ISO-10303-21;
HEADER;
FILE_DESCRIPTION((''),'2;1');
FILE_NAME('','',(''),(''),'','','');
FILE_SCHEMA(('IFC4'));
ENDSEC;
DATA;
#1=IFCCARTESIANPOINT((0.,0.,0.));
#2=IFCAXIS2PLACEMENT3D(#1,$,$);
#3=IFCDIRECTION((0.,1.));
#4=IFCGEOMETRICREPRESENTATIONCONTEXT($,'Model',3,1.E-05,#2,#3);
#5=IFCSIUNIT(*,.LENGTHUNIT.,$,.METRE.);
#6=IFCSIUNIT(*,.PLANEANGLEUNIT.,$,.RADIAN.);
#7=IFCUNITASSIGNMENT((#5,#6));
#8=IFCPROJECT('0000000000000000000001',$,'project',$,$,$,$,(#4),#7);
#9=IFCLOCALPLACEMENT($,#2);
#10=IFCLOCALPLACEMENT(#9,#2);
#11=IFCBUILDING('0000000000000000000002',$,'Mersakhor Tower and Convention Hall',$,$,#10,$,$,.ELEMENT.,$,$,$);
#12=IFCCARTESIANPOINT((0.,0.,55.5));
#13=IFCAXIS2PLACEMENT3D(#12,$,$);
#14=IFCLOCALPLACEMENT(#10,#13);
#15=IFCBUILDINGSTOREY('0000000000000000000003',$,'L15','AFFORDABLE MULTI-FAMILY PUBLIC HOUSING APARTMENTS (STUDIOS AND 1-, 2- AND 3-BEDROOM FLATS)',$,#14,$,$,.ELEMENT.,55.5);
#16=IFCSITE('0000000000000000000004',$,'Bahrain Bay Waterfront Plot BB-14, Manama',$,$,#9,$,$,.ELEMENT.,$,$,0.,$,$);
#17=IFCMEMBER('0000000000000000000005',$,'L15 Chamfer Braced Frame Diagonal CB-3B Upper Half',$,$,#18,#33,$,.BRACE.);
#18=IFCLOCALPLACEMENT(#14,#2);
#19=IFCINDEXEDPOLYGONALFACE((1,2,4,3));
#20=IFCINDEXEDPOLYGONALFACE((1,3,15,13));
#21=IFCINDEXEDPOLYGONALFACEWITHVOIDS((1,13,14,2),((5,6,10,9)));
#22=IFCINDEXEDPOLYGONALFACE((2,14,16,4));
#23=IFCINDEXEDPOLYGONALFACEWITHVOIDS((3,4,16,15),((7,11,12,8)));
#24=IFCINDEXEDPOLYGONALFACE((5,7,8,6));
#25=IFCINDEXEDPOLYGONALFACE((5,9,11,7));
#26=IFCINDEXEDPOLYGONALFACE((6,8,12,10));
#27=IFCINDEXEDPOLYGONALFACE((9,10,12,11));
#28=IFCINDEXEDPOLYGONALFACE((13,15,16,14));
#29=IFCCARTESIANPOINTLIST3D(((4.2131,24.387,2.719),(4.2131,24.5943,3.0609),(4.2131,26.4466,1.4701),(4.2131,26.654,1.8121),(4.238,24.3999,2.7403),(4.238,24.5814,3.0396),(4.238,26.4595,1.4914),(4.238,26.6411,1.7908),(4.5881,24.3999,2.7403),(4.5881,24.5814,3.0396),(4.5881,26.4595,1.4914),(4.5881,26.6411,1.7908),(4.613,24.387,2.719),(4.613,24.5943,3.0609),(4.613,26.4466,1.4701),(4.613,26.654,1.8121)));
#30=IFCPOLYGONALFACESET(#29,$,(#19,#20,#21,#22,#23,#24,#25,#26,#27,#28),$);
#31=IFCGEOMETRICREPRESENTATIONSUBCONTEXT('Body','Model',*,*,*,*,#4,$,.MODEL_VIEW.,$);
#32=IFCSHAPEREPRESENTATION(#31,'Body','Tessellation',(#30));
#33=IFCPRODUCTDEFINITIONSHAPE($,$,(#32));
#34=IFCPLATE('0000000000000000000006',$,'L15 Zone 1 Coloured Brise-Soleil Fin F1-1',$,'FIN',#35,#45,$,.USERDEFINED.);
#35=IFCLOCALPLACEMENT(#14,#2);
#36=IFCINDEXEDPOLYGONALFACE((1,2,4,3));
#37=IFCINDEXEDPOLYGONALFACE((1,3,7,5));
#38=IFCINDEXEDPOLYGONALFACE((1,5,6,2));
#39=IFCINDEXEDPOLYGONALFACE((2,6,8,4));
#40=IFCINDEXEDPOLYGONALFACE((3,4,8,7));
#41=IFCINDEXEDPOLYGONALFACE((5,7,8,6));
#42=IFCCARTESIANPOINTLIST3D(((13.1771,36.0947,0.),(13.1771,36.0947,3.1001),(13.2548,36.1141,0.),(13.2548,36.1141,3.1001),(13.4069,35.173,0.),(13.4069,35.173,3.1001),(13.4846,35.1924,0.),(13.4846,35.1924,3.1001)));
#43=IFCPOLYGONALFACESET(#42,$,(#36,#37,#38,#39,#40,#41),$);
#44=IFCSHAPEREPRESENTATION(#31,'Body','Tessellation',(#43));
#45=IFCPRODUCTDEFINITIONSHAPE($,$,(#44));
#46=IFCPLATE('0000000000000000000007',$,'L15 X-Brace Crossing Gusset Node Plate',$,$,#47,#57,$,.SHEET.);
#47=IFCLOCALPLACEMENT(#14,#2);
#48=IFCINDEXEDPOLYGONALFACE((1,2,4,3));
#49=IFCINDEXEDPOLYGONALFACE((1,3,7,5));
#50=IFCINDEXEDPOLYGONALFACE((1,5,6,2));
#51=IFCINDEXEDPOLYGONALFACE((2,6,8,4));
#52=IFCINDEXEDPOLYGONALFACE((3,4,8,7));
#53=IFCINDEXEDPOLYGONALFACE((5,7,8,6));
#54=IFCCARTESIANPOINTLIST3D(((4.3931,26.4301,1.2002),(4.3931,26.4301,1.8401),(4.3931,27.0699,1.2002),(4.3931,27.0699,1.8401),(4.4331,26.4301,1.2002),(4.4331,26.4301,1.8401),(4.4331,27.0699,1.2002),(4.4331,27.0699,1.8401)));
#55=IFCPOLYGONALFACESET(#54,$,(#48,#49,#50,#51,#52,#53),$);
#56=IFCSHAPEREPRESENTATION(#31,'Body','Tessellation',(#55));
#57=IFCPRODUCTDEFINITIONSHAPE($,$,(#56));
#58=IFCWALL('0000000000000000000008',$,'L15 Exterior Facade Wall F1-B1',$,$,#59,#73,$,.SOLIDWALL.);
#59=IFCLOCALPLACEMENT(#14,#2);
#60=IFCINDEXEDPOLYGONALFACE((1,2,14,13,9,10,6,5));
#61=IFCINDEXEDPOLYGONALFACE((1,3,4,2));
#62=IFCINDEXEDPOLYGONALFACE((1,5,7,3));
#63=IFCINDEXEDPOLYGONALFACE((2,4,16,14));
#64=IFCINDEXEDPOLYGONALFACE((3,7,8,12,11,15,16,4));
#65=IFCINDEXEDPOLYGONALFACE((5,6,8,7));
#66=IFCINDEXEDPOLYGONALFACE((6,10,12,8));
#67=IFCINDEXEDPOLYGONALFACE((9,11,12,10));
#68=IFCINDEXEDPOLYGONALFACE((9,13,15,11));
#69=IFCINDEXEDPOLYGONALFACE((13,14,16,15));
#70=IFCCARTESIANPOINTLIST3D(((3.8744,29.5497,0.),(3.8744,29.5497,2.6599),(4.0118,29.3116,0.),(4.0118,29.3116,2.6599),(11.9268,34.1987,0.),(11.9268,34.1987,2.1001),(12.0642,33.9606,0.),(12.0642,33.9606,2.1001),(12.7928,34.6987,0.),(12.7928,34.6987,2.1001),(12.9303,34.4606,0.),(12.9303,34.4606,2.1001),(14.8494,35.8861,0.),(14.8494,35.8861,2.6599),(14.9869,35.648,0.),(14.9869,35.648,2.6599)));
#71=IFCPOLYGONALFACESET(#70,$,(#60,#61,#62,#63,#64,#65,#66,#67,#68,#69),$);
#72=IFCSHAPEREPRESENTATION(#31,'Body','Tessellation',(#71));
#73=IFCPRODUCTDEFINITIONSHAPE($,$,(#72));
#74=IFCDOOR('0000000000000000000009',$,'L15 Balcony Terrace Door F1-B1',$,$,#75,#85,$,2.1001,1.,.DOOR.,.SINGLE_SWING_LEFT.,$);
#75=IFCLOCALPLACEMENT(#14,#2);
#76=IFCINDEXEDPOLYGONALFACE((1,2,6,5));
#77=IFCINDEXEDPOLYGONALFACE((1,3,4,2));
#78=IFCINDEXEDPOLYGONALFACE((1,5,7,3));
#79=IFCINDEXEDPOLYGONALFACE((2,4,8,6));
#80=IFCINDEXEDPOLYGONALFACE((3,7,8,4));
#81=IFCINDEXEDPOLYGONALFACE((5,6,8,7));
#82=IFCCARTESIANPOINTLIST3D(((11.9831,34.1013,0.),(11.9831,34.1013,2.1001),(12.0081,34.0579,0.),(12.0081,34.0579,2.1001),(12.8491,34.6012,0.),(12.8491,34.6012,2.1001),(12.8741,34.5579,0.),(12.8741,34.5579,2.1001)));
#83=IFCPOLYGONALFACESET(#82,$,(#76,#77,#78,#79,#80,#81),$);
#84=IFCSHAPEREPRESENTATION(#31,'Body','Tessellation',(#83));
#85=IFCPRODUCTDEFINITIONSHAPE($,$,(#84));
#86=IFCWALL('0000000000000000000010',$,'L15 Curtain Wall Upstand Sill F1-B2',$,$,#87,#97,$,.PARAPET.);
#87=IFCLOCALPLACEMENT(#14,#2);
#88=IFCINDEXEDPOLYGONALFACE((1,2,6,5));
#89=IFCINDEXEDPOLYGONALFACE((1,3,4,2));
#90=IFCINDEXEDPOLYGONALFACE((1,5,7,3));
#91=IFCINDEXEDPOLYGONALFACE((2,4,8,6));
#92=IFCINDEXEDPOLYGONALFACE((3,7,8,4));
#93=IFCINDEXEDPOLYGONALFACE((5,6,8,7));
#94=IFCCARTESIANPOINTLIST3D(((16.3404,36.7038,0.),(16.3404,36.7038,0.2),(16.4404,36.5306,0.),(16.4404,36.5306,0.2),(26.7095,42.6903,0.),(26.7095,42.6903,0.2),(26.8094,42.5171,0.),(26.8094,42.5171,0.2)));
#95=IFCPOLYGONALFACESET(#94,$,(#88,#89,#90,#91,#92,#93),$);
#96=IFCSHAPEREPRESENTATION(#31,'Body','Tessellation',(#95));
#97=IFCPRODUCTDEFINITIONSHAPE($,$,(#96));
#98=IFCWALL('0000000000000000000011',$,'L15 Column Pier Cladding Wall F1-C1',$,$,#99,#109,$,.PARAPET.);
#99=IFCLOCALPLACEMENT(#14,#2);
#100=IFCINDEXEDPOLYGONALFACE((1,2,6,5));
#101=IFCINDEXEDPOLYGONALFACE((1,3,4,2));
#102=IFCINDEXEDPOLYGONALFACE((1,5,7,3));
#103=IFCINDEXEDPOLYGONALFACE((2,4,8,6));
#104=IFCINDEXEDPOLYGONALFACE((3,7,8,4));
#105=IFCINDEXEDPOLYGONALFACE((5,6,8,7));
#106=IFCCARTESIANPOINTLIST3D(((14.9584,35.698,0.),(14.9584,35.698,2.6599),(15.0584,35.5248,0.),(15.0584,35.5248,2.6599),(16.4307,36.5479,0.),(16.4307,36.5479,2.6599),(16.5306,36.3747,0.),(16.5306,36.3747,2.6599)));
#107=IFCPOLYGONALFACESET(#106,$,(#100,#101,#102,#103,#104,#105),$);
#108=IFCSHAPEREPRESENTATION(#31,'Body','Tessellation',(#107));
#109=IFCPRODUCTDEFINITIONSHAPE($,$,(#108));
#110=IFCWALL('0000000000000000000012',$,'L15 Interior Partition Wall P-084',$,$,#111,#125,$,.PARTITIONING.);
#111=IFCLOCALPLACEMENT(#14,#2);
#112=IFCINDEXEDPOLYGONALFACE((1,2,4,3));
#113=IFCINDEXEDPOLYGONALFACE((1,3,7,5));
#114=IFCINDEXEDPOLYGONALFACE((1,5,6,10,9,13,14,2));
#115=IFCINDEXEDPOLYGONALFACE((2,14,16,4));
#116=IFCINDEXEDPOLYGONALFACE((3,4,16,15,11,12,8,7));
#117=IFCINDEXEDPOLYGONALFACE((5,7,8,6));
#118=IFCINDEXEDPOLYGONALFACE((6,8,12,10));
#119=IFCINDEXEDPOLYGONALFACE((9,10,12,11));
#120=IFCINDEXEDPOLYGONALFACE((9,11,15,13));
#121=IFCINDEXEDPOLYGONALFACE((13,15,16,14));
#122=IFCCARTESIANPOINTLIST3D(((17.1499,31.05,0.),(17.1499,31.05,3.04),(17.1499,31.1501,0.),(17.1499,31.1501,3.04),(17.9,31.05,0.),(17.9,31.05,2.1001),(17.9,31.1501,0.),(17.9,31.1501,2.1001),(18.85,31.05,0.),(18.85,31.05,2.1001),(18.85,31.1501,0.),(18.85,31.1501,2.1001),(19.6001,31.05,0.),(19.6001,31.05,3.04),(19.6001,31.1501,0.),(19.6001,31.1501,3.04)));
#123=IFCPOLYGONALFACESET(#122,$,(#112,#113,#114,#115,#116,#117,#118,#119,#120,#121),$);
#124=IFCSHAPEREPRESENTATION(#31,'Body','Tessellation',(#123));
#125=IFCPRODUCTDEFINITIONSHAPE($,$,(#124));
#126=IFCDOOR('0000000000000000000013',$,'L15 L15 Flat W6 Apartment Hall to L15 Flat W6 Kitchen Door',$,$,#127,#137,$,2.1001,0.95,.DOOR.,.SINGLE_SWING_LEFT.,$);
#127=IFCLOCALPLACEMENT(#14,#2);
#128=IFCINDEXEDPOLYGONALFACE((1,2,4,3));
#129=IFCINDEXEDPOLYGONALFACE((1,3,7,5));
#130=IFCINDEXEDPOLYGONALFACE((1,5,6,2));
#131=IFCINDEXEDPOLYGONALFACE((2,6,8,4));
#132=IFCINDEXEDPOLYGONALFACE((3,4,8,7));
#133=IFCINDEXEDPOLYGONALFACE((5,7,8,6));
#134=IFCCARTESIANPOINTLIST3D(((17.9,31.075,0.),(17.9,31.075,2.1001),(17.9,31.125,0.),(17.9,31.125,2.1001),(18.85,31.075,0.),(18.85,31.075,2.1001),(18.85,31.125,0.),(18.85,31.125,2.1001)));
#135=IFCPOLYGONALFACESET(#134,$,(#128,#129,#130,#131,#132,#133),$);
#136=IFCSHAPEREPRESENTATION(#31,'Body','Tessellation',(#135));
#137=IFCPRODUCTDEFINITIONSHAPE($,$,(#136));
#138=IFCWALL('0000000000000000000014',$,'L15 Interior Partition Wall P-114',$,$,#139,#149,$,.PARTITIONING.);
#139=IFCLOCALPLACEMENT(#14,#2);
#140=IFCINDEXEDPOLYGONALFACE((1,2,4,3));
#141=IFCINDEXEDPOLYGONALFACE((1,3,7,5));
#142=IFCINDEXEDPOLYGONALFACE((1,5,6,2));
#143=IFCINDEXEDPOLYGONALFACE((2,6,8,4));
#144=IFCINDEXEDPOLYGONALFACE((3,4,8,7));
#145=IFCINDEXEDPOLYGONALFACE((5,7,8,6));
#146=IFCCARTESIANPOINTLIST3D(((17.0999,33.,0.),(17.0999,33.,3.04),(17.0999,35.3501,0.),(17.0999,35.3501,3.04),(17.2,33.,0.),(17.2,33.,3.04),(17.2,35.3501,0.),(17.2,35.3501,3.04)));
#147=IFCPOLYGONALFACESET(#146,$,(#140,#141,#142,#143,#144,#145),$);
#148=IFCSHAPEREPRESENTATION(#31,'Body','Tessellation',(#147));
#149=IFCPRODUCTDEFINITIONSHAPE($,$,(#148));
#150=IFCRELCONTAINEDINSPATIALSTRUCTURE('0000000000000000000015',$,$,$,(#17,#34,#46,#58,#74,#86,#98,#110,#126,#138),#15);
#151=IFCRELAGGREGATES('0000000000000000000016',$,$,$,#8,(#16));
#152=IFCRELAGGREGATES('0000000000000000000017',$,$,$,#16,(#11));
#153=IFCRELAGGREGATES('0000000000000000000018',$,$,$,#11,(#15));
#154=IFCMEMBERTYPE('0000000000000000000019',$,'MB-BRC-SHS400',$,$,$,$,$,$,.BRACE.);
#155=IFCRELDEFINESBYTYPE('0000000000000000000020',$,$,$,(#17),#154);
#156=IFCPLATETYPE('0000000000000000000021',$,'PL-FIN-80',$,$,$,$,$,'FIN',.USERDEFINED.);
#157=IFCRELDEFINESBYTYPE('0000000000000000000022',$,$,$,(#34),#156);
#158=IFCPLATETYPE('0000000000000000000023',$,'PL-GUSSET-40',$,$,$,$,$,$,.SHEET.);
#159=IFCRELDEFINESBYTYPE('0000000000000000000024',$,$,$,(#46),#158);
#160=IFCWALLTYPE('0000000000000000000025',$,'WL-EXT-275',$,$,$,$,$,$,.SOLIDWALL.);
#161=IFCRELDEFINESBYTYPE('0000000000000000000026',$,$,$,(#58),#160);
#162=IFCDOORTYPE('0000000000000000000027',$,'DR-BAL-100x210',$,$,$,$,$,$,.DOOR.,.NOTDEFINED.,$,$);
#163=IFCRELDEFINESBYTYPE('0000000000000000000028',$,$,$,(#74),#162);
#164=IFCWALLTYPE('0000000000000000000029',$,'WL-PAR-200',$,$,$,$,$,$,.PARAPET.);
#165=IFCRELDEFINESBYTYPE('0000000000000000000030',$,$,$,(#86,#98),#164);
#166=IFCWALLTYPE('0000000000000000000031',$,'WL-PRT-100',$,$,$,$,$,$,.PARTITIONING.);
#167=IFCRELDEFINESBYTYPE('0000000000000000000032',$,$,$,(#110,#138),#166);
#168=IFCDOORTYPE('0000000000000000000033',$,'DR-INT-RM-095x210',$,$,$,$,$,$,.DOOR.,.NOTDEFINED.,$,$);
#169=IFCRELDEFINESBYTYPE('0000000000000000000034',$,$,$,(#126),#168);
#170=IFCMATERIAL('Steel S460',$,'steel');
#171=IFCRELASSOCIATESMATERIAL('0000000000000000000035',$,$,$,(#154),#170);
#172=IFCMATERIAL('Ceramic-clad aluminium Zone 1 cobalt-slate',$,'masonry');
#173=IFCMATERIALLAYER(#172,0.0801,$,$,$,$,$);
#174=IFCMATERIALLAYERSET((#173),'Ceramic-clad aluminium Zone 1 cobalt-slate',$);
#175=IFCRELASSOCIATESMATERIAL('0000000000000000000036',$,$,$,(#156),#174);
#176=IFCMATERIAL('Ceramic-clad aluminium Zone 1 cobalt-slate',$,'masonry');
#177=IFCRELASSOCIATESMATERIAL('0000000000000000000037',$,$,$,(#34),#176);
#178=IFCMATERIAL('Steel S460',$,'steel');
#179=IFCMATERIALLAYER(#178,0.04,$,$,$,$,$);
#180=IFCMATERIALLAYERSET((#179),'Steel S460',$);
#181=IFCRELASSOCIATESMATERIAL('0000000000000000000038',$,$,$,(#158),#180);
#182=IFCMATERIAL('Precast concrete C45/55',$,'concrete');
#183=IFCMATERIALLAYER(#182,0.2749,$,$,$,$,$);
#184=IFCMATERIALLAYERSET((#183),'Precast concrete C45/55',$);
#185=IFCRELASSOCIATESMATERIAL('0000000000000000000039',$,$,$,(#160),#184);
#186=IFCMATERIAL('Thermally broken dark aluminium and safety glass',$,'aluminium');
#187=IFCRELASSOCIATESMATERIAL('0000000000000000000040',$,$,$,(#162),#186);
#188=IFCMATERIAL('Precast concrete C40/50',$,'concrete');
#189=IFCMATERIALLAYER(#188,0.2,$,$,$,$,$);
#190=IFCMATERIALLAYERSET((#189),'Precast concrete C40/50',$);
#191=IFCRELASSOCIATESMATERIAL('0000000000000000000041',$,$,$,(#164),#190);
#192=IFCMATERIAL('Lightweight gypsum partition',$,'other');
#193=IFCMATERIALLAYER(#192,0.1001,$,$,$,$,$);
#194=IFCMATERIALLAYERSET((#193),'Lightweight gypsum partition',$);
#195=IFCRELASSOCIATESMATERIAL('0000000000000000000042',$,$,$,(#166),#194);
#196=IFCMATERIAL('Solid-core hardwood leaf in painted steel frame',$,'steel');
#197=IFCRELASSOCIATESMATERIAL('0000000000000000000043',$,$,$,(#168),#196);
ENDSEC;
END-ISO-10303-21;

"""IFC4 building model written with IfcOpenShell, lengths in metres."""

from ifc_helpers import new_model, si_unit, direction, frame, frame_2d, origin, origin_2d, place, context, subcontext, project, spatial, rectangle, hollow_rectangle, extrude, material, layer, layer_set, material_profile, profile_set, type_object, element, fill, save


model = new_model("IFC4")

# Units and contexts
model_context = context("Model", 3, precision=1e-05, world=origin(), true_north=direction((0.0, 1.0)))
body_context = subcontext(model_context, "Body", "Model", "MODEL_VIEW")
ifc_project = project(units=[si_unit("LENGTHUNIT", "METRE"), si_unit("PLANEANGLEUNIT", "RADIAN")], contexts=[model_context])

# Site, building, storey
site_placement = place(None, origin())
site = spatial("IfcSite", under=ifc_project, at=site_placement, Name="Bahrain Bay Waterfront Plot BB-14, Manama", CompositionType="ELEMENT", RefElevation=0.0)
building_placement = place(site_placement, origin())
building = spatial("IfcBuilding", under=site, at=building_placement, Name="Mersakhor Tower and Convention Hall", CompositionType="ELEMENT")
storey_placement = place(building_placement, frame((0.0, 0.0, 55.5)))
storey = spatial("IfcBuildingStorey", under=building, at=storey_placement, Name="L15", Description="AFFORDABLE MULTI-FAMILY PUBLIC HOUSING APARTMENTS (STUDIOS AND 1-, 2- AND 3-BEDROOM FLATS)", CompositionType="ELEMENT", Elevation=55.5)

# Member
ifc_material_1 = material(Name="Steel S460", Category="steel")
ifc_material_profile_1 = material_profile(ifc_material_1, hollow_rectangle(XDim=0.3999, YDim=0.3999, WallThickness=0.0249, at=origin_2d()), Name="SHS 400x400x25")
ifc_profile_set_1 = profile_set([ifc_material_profile_1], Name="Steel S460")
member_type_1 = type_object("IfcMemberType", Name="MB-BRC-SHS400", PredefinedType="BRACE", material=ifc_profile_set_1)
for number, where, z_axis, x_axis, name in (
    (1, (4.4131, 26.5503, 1.6411), (0.0, -0.855096, 0.51847), (1.0, 0.0, 0.0), "L15 Chamfer Braced Frame Diagonal CB-3B Upper Half"),
):
    element("IfcMember", number, at=place(storey_placement, frame(where, z_axis=z_axis, x_axis=x_axis)), inside=storey, type_object=member_type_1, Name=name, PredefinedType="BRACE", context=body_context, shape_type="SweptSolid", body=[
        extrude(hollow_rectangle(XDim=0.3999, YDim=0.3999, WallThickness=0.0249, at=origin_2d()), origin(), (0.0, 0.0, 1.0), 2.4087),
    ])

# Plates
ifc_material_2 = material(Name="Ceramic-clad aluminium Zone 1 cobalt-slate", Category="masonry")
ifc_material_3 = material(Name="Ceramic-clad aluminium Zone 1 cobalt-slate", Category="masonry")
ifc_layer_1 = layer(ifc_material_3, 0.0801)
ifc_layer_set_1 = layer_set([ifc_layer_1], Name="Ceramic-clad aluminium Zone 1 cobalt-slate")
plate_type_1 = type_object("IfcPlateType", Name="PL-FIN-80", ElementType="FIN", PredefinedType="USERDEFINED", material=ifc_layer_set_1)
plate_1_placement = place(storey_placement, frame((13.3308, 35.6436, 0.0), z_axis=(0.0, 0.0, 1.0), x_axis=(-0.241922, 0.970296, 0.0)))
element("IfcPlate", 2, at=plate_1_placement, inside=storey, type_object=plate_type_1, material=ifc_material_2, Name="L15 Zone 1 Coloured Brise-Soleil Fin F1-1", ObjectType="FIN", PredefinedType="USERDEFINED", context=body_context, shape_type="SweptSolid", body=[
    extrude(rectangle(XDim=0.95, YDim=0.0801, at=origin_2d()), origin(), (0.0, 0.0, 1.0), 3.1001),
])
ifc_material_4 = material(Name="Steel S460", Category="steel")
ifc_layer_2 = layer(ifc_material_4, 0.04)
ifc_layer_set_2 = layer_set([ifc_layer_2], Name="Steel S460")
plate_type_2 = type_object("IfcPlateType", Name="PL-GUSSET-40", PredefinedType="SHEET", material=ifc_layer_set_2)
plate_2_placement = place(storey_placement, frame((4.4131, 26.75, 1.2002), z_axis=(0.0, 0.0, 1.0), x_axis=(0.0, -1.0, 0.0)))
element("IfcPlate", 3, at=plate_2_placement, inside=storey, type_object=plate_type_2, Name="L15 X-Brace Crossing Gusset Node Plate", PredefinedType="SHEET", context=body_context, shape_type="SweptSolid", body=[
    extrude(rectangle(XDim=0.6399, YDim=0.04, at=origin_2d()), origin(), (0.0, 0.0, 1.0), 0.6399),
])

# Wall, opening, door
ifc_material_5 = material(Name="Precast concrete C45/55", Category="concrete")
ifc_layer_3 = layer(ifc_material_5, 0.2749)
ifc_layer_set_3 = layer_set([ifc_layer_3], Name="Precast concrete C45/55")
wall_type_1 = type_object("IfcWallType", Name="WL-EXT-275", PredefinedType="SOLIDWALL", material=ifc_layer_set_3)
wall_1_placement = place(storey_placement, frame((3.9431, 29.4307, 0.0), z_axis=(0.0, 0.0, 1.0), x_axis=(0.866027, 0.499997, 0.0)))
wall_1 = element("IfcWall", 4, at=wall_1_placement, inside=storey, type_object=wall_type_1, Name="L15 Exterior Facade Wall F1-B1", PredefinedType="SOLIDWALL", context=body_context, shape_type="SweptSolid", body=[
    extrude(rectangle(XDim=12.6729, YDim=0.2749, at=frame_2d((6.3364, 0.0))), origin(), (0.0, 0.0, 1.0), 2.6599),
])
opening_1_placement = place(wall_1_placement, frame((9.2981, 0.0, 0.0)))
opening_1 = element("IfcOpeningElement", 5, at=opening_1_placement, cuts=wall_1, PredefinedType="OPENING", context=body_context, shape_type="SweptSolid", body=[
    extrude(rectangle(XDim=1.0, YDim=2.1001, at=frame_2d((0.5, 1.05))), frame((0.0, 0.1475, 0.0), z_axis=(0.0, -1.0, 0.0), x_axis=(1.0, 0.0, 0.0)), (0.0, 0.0, 1.0), 0.2949),
])
ifc_material_6 = material(Name="Thermally broken dark aluminium and safety glass", Category="aluminium")
door_type_1 = type_object("IfcDoorType", Name="DR-BAL-100x210", OperationType="NOTDEFINED", PredefinedType="DOOR", material=ifc_material_6)
door_1_placement = place(opening_1_placement, origin())
door_1 = element("IfcDoor", 6, at=door_1_placement, inside=storey, type_object=door_type_1, Name="L15 Balcony Terrace Door F1-B1", OperationType="SINGLE_SWING_LEFT", OverallHeight=2.1001, OverallWidth=1.0, PredefinedType="DOOR", context=body_context, shape_type="SweptSolid", body=[
    extrude(rectangle(XDim=1.0, YDim=2.1001, at=frame_2d((0.5, 1.05))), frame((0.0, 0.0249, 0.0), z_axis=(0.0, -1.0, 0.0), x_axis=(1.0, 0.0, 0.0)), (0.0, 0.0, 1.0), 0.05),
])
fill(opening_1, door_1)

# Walls
ifc_material_7 = material(Name="Precast concrete C40/50", Category="concrete")
ifc_layer_4 = layer(ifc_material_7, 0.2)
ifc_layer_set_4 = layer_set([ifc_layer_4], Name="Precast concrete C40/50")
wall_type_2 = type_object("IfcWallType", Name="WL-PAR-200", PredefinedType="PARAPET", material=ifc_layer_set_4)
wall_2_placement = place(storey_placement, frame((16.3904, 36.6172, 0.0), z_axis=(0.0, 0.0, 1.0), x_axis=(0.866027, 0.499997, 0.0)))
element("IfcWall", 7, at=wall_2_placement, inside=storey, type_object=wall_type_2, Name="L15 Curtain Wall Upstand Sill F1-B2", PredefinedType="PARAPET", context=body_context, shape_type="SweptSolid", body=[
    extrude(rectangle(XDim=11.9731, YDim=0.2, at=frame_2d((5.9866, 0.0))), origin(), (0.0, 0.0, 1.0), 0.2),
])
wall_3_placement = place(storey_placement, frame((15.0083, 35.6113, 0.0), z_axis=(0.0, 0.0, 1.0), x_axis=(0.866052, 0.499955, 0.0)))
element("IfcWall", 8, at=wall_3_placement, inside=storey, type_object=wall_type_2, Name="L15 Column Pier Cladding Wall F1-C1", PredefinedType="PARAPET", context=body_context, shape_type="SweptSolid", body=[
    extrude(rectangle(XDim=1.7, YDim=0.2, at=frame_2d((0.8501, 0.0))), origin(), (0.0, 0.0, 1.0), 2.6599),
])

# Wall, opening, door
ifc_material_8 = material(Name="Lightweight gypsum partition", Category="other")
ifc_layer_5 = layer(ifc_material_8, 0.1001)
ifc_layer_set_5 = layer_set([ifc_layer_5], Name="Lightweight gypsum partition")
wall_type_3 = type_object("IfcWallType", Name="WL-PRT-100", PredefinedType="PARTITIONING", material=ifc_layer_set_5)
wall_4_placement = place(storey_placement, frame((17.1499, 31.1001, 0.0), z_axis=(0.0, 0.0, 1.0), x_axis=(1.0, 0.0, 0.0)))
wall_4 = element("IfcWall", 9, at=wall_4_placement, inside=storey, type_object=wall_type_3, Name="L15 Interior Partition Wall P-084", PredefinedType="PARTITIONING", context=body_context, shape_type="SweptSolid", body=[
    extrude(rectangle(XDim=2.4502, YDim=0.1001, at=frame_2d((1.2251, 0.0))), origin(), (0.0, 0.0, 1.0), 3.04),
])
opening_2_placement = place(wall_4_placement, frame((0.75, 0.0, 0.0)))
opening_2 = element("IfcOpeningElement", 10, at=opening_2_placement, cuts=wall_4, PredefinedType="OPENING", context=body_context, shape_type="SweptSolid", body=[
    extrude(rectangle(XDim=0.95, YDim=2.1001, at=frame_2d((0.4751, 1.05))), frame((0.0, 0.0601, 0.0), z_axis=(0.0, -1.0, 0.0), x_axis=(1.0, 0.0, 0.0)), (0.0, 0.0, 1.0), 0.1201),
])
ifc_material_9 = material(Name="Solid-core hardwood leaf in painted steel frame", Category="steel")
door_type_2 = type_object("IfcDoorType", Name="DR-INT-RM-095x210", OperationType="NOTDEFINED", PredefinedType="DOOR", material=ifc_material_9)
door_2_placement = place(opening_2_placement, origin())
door_2 = element("IfcDoor", 11, at=door_2_placement, inside=storey, type_object=door_type_2, Name="L15 L15 Flat W6 Apartment Hall to L15 Flat W6 Kitchen Door", OperationType="SINGLE_SWING_LEFT", OverallHeight=2.1001, OverallWidth=0.95, PredefinedType="DOOR", context=body_context, shape_type="SweptSolid", body=[
    extrude(rectangle(XDim=0.95, YDim=2.1001, at=frame_2d((0.4751, 1.05))), frame((0.0, 0.0249, 0.0), z_axis=(0.0, -1.0, 0.0), x_axis=(1.0, 0.0, 0.0)), (0.0, 0.0, 1.0), 0.05),
])
fill(opening_2, door_2)

# Wall
wall_5_placement = place(storey_placement, frame((17.1499, 33.0, 0.0), z_axis=(0.0, 0.0, 1.0), x_axis=(0.0, 1.0, 0.0)))
element("IfcWall", 12, at=wall_5_placement, inside=storey, type_object=wall_type_3, Name="L15 Interior Partition Wall P-114", PredefinedType="PARTITIONING", context=body_context, shape_type="SweptSolid", body=[
    extrude(rectangle(XDim=2.3501, YDim=0.1001, at=frame_2d((1.175, 0.0))), origin(), (0.0, 0.0, 1.0), 3.04),
])

save(model, "model.ifc")
